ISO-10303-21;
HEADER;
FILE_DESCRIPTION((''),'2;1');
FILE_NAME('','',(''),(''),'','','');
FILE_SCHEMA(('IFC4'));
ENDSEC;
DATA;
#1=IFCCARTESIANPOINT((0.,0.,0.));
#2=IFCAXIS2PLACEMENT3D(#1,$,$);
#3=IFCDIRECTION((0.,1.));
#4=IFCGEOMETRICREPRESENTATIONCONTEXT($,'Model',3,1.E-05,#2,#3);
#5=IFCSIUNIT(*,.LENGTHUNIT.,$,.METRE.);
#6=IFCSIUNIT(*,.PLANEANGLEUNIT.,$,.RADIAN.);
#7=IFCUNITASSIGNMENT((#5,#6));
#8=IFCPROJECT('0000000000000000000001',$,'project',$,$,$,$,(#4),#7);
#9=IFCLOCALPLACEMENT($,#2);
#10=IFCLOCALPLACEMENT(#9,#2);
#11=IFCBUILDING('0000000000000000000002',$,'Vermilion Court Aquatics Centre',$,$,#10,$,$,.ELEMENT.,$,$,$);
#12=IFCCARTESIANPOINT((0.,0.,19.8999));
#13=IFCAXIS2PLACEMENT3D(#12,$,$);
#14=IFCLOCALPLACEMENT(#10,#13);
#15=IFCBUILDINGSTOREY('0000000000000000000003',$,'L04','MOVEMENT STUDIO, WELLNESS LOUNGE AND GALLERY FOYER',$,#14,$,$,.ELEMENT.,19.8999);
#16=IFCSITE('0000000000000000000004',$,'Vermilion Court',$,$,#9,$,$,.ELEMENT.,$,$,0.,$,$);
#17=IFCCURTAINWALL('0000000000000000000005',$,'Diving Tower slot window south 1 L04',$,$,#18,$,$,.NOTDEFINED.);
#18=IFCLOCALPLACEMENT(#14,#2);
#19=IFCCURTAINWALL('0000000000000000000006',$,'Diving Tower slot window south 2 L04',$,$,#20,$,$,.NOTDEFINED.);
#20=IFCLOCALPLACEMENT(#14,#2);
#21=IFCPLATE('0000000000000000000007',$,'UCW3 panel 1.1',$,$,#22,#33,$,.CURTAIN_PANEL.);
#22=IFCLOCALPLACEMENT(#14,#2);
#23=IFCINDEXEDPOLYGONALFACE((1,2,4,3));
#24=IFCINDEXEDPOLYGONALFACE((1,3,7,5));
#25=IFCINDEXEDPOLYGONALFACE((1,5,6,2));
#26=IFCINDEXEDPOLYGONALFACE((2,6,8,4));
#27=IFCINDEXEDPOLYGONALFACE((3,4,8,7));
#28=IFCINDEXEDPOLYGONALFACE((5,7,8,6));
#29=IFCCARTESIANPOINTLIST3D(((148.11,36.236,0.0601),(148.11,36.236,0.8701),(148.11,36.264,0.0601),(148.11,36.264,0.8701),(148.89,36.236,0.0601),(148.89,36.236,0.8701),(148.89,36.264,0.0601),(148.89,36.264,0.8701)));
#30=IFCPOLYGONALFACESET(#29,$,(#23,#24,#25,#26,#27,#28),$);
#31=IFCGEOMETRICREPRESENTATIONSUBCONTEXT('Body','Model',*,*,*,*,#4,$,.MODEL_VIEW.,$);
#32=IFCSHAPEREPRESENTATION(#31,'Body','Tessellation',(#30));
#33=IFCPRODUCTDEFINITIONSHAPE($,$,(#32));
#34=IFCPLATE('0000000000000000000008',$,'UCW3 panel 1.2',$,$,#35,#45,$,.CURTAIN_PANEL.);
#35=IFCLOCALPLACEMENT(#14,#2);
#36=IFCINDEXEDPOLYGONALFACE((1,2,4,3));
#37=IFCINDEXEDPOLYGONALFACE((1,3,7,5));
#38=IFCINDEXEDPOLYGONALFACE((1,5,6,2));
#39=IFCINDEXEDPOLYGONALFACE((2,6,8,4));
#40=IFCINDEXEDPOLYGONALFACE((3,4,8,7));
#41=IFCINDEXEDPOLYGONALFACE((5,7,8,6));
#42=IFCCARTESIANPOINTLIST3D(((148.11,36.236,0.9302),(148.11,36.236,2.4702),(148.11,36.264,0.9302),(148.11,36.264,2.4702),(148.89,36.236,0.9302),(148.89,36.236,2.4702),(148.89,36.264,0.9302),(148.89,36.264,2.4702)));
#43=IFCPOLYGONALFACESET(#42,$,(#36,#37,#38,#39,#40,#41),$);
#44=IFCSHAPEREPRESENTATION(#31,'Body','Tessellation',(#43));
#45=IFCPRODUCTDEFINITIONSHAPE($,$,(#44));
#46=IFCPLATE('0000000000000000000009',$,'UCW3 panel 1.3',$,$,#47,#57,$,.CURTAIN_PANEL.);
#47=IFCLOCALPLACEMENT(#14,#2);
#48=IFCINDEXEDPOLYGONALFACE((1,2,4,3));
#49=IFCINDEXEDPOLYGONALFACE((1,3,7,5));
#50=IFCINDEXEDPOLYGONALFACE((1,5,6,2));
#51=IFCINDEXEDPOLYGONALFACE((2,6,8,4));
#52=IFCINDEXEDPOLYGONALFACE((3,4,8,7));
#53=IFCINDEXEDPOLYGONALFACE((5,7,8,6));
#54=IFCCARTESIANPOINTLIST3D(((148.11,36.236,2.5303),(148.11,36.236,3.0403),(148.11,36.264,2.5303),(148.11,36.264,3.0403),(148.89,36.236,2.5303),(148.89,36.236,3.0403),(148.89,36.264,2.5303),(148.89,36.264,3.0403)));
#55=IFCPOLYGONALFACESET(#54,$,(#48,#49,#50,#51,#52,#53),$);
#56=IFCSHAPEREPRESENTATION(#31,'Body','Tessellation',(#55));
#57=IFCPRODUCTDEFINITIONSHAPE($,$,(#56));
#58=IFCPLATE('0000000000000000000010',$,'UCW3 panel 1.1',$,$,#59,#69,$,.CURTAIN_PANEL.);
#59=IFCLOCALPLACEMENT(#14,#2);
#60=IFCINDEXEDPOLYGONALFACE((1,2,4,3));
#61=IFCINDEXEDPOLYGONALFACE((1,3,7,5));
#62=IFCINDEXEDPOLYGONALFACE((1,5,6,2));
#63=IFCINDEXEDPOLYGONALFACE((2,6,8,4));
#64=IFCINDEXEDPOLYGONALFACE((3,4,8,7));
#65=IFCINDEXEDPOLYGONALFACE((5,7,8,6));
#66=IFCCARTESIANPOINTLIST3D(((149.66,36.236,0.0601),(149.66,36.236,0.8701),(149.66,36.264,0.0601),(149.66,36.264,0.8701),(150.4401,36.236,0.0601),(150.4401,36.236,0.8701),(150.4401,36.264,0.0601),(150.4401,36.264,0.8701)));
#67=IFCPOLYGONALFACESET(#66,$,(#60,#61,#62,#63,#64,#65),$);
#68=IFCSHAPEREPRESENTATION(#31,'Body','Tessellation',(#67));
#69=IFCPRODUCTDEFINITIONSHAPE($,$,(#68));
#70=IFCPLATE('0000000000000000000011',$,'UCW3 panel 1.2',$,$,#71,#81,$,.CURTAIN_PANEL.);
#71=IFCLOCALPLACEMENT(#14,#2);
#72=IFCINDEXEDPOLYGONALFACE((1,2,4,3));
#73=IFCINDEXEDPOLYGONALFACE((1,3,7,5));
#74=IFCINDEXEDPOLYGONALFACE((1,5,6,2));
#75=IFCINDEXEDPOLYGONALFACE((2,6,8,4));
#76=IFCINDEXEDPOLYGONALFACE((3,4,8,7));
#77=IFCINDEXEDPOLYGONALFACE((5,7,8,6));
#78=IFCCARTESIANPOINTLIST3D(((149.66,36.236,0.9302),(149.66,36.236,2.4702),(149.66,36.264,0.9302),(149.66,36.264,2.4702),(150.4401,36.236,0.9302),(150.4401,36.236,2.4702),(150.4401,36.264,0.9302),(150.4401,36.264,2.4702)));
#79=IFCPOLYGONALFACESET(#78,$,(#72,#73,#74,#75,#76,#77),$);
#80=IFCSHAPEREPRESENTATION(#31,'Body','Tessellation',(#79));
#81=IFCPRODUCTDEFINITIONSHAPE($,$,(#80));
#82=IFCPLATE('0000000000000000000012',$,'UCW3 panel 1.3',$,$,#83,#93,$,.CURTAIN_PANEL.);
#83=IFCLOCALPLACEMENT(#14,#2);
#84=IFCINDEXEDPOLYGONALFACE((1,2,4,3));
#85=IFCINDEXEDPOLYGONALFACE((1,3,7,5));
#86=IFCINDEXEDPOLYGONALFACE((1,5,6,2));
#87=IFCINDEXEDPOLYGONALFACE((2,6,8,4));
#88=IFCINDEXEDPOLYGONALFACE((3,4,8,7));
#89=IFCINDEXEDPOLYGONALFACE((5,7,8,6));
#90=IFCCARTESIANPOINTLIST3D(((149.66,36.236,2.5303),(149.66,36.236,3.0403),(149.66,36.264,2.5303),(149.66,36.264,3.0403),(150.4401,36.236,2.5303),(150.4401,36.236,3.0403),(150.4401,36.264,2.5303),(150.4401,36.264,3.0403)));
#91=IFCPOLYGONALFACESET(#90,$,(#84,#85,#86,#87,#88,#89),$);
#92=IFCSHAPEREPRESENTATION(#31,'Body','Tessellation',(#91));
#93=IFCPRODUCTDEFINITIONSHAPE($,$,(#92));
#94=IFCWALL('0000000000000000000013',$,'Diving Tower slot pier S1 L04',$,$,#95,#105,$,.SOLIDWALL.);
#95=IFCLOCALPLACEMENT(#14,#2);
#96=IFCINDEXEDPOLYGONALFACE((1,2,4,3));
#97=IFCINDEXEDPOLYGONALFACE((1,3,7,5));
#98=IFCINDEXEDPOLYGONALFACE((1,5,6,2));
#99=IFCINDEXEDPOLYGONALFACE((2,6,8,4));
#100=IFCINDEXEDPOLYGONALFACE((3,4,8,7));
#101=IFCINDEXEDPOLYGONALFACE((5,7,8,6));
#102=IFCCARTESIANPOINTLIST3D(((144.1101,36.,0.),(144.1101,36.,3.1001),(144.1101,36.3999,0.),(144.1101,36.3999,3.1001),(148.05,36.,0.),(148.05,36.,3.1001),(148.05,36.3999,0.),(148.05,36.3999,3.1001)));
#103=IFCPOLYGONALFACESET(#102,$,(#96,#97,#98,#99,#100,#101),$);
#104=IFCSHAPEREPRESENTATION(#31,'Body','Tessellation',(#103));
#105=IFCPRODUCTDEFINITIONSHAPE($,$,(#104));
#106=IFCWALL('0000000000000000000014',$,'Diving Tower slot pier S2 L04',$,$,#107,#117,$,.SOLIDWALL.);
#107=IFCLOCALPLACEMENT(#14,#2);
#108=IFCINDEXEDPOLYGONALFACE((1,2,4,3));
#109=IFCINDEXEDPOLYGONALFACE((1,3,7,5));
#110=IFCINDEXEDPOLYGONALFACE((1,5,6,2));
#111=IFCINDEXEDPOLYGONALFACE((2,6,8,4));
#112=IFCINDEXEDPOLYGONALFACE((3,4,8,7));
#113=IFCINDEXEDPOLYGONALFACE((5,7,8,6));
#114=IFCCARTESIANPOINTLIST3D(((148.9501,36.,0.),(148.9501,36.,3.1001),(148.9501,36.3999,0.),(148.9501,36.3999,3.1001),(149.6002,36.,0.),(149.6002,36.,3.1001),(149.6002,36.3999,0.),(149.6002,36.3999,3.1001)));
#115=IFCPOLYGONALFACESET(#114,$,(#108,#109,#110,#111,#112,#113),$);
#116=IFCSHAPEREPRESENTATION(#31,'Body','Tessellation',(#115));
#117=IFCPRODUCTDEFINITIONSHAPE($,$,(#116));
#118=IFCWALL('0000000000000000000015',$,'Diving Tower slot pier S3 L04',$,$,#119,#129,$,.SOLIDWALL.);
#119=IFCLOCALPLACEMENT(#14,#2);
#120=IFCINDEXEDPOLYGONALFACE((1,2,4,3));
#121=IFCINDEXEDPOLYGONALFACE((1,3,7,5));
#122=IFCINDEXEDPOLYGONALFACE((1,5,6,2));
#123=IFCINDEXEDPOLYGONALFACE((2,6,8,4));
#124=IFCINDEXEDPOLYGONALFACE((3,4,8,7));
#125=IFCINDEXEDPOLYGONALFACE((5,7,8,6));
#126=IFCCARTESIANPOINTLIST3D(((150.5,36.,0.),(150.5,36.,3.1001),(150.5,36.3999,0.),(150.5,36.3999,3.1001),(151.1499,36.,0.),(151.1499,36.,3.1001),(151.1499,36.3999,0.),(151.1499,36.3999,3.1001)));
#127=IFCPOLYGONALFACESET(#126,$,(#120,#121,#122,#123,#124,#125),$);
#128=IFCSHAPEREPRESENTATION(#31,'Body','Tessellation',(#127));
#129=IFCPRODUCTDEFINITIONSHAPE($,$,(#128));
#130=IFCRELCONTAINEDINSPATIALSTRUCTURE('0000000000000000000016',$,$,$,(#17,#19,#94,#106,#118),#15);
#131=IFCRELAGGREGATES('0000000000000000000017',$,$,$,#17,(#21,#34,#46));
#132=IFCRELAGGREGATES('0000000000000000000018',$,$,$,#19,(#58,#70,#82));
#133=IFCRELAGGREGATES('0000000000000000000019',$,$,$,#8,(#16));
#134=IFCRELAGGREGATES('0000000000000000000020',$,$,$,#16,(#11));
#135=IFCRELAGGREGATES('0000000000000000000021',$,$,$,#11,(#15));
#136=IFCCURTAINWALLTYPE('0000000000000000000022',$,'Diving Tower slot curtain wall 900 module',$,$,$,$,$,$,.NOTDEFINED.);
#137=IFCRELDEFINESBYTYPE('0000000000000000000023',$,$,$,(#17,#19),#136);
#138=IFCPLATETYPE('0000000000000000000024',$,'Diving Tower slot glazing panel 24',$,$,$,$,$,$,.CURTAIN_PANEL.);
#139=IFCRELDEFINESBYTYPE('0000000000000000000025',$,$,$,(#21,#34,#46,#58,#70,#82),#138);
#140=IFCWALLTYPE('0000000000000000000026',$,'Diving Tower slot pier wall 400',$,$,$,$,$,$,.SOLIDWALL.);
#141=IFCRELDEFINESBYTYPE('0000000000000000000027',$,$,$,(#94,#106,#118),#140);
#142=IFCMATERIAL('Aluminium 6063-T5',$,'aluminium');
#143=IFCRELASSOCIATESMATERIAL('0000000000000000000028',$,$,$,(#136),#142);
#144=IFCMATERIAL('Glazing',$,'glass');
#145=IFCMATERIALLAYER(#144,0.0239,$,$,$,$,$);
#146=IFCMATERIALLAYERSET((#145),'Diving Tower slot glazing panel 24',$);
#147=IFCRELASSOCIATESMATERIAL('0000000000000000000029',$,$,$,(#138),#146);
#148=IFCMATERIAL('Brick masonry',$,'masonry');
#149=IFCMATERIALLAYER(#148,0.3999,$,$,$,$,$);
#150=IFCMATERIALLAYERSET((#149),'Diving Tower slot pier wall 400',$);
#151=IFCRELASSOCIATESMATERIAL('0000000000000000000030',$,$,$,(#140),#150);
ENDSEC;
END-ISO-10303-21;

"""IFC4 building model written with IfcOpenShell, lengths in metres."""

from ifc_helpers import new_model, si_unit, direction, frame, frame_2d, origin, origin_2d, place, context, subcontext, project, spatial, rectangle, extrude, material, layer, layer_set, type_object, element, aggregate, save


model = new_model("IFC4")

# Units and contexts
model_context = context("Model", 3, precision=1e-05, world=origin(), true_north=direction((0.0, 1.0)))
body_context = subcontext(model_context, "Body", "Model", "MODEL_VIEW")
ifc_project = project(units=[si_unit("LENGTHUNIT", "METRE"), si_unit("PLANEANGLEUNIT", "RADIAN")], contexts=[model_context])

# Site, building, storey
site_placement = place(None, origin())
site = spatial("IfcSite", under=ifc_project, at=site_placement, Name="Vermilion Court", CompositionType="ELEMENT", RefElevation=0.0)
building_placement = place(site_placement, origin())
building = spatial("IfcBuilding", under=site, at=building_placement, Name="Vermilion Court Aquatics Centre", CompositionType="ELEMENT")
storey_placement = place(building_placement, frame((0.0, 0.0, 19.8999)))
storey = spatial("IfcBuildingStorey", under=building, at=storey_placement, Name="L04", Description="MOVEMENT STUDIO, WELLNESS LOUNGE AND GALLERY FOYER", CompositionType="ELEMENT", Elevation=19.8999)

# Curtain walls
ifc_material_1 = material(Name="Aluminium 6063-T5", Category="aluminium")
curtain_wall_type = type_object("IfcCurtainWallType", Name="Diving Tower slot curtain wall 900 module", PredefinedType="NOTDEFINED", material=ifc_material_1)
curtain_wall_1_placement = place(storey_placement, origin())
curtain_wall_1 = element("IfcCurtainWall", 1, at=curtain_wall_1_placement, inside=storey, type_object=curtain_wall_type, Name="Diving Tower slot window south 1 L04", PredefinedType="NOTDEFINED")
curtain_wall_2_placement = place(storey_placement, origin())
curtain_wall_2 = element("IfcCurtainWall", 2, at=curtain_wall_2_placement, inside=storey, type_object=curtain_wall_type, Name="Diving Tower slot window south 2 L04", PredefinedType="NOTDEFINED")

# Plates
ifc_material_2 = material(Name="Glazing", Category="glass")
ifc_layer_1 = layer(ifc_material_2, 0.0239)
ifc_layer_set_1 = layer_set([ifc_layer_1], Name="Diving Tower slot glazing panel 24")
plate_type = type_object("IfcPlateType", Name="Diving Tower slot glazing panel 24", PredefinedType="CURTAIN_PANEL", material=ifc_layer_set_1)
plate_1_placement = place(storey_placement, frame((148.5, 36.25, 0.0601), z_axis=(0.0, 0.0, 1.0), x_axis=(1.0, 0.0, 0.0)))
plate_1 = element("IfcPlate", 3, at=plate_1_placement, type_object=plate_type, Name="UCW3 panel 1.1", PredefinedType="CURTAIN_PANEL", context=body_context, shape_type="SweptSolid", body=[
    extrude(rectangle(XDim=0.78, YDim=0.0281, at=origin_2d()), origin(), (0.0, 0.0, 1.0), 0.8101),
])
plate_2_placement = place(storey_placement, frame((148.5, 36.25, 0.9302), z_axis=(0.0, 0.0, 1.0), x_axis=(1.0, 0.0, 0.0)))
plate_2 = element("IfcPlate", 4, at=plate_2_placement, type_object=plate_type, Name="UCW3 panel 1.2", PredefinedType="CURTAIN_PANEL", context=body_context, shape_type="SweptSolid", body=[
    extrude(rectangle(XDim=0.78, YDim=0.0281, at=origin_2d()), origin(), (0.0, 0.0, 1.0), 1.54),
])
plate_3_placement = place(storey_placement, frame((148.5, 36.25, 2.5303), z_axis=(0.0, 0.0, 1.0), x_axis=(1.0, 0.0, 0.0)))
plate_3 = element("IfcPlate", 5, at=plate_3_placement, type_object=plate_type, Name="UCW3 panel 1.3", PredefinedType="CURTAIN_PANEL", context=body_context, shape_type="SweptSolid", body=[
    extrude(rectangle(XDim=0.78, YDim=0.0281, at=origin_2d()), origin(), (0.0, 0.0, 1.0), 0.51),
])
aggregate(curtain_wall_1, [plate_1, plate_2, plate_3])
plate_4_placement = place(storey_placement, frame((150.05, 36.25, 0.0601), z_axis=(0.0, 0.0, 1.0), x_axis=(1.0, 0.0, 0.0)))
plate_4 = element("IfcPlate", 6, at=plate_4_placement, type_object=plate_type, Name="UCW3 panel 1.1", PredefinedType="CURTAIN_PANEL", context=body_context, shape_type="SweptSolid", body=[
    extrude(rectangle(XDim=0.78, YDim=0.0281, at=origin_2d()), origin(), (0.0, 0.0, 1.0), 0.8101),
])
plate_5_placement = place(storey_placement, frame((150.05, 36.25, 0.9302), z_axis=(0.0, 0.0, 1.0), x_axis=(1.0, 0.0, 0.0)))
plate_5 = element("IfcPlate", 7, at=plate_5_placement, type_object=plate_type, Name="UCW3 panel 1.2", PredefinedType="CURTAIN_PANEL", context=body_context, shape_type="SweptSolid", body=[
    extrude(rectangle(XDim=0.78, YDim=0.0281, at=origin_2d()), origin(), (0.0, 0.0, 1.0), 1.54),
])
plate_6_placement = place(storey_placement, frame((150.05, 36.25, 2.5303), z_axis=(0.0, 0.0, 1.0), x_axis=(1.0, 0.0, 0.0)))
plate_6 = element("IfcPlate", 8, at=plate_6_placement, type_object=plate_type, Name="UCW3 panel 1.3", PredefinedType="CURTAIN_PANEL", context=body_context, shape_type="SweptSolid", body=[
    extrude(rectangle(XDim=0.78, YDim=0.0281, at=origin_2d()), origin(), (0.0, 0.0, 1.0), 0.51),
])
aggregate(curtain_wall_2, [plate_4, plate_5, plate_6])

# Walls
ifc_material_3 = material(Name="Brick masonry", Category="masonry")
ifc_layer_2 = layer(ifc_material_3, 0.3999)
ifc_layer_set_2 = layer_set([ifc_layer_2], Name="Diving Tower slot pier wall 400")
wall_type = type_object("IfcWallType", Name="Diving Tower slot pier wall 400", PredefinedType="SOLIDWALL", material=ifc_layer_set_2)
wall_1_placement = place(storey_placement, frame((144.1101, 36.2, 0.0), z_axis=(0.0, 0.0, 1.0), x_axis=(1.0, 0.0, 0.0)))
element("IfcWall", 9, at=wall_1_placement, inside=storey, type_object=wall_type, Name="Diving Tower slot pier S1 L04", PredefinedType="SOLIDWALL", context=body_context, shape_type="SweptSolid", body=[
    extrude(rectangle(XDim=3.9399, YDim=0.3999, at=frame_2d((1.97, 0.0))), origin(), (0.0, 0.0, 1.0), 3.1001),
])
wall_2_placement = place(storey_placement, frame((148.95, 36.2, 0.0), z_axis=(0.0, 0.0, 1.0), x_axis=(1.0, 0.0, 0.0)))
element("IfcWall", 10, at=wall_2_placement, inside=storey, type_object=wall_type, Name="Diving Tower slot pier S2 L04", PredefinedType="SOLIDWALL", context=body_context, shape_type="SweptSolid", body=[
    extrude(rectangle(XDim=0.6501, YDim=0.3999, at=frame_2d((0.3252, 0.0))), origin(), (0.0, 0.0, 1.0), 3.1001),
])
wall_3_placement = place(storey_placement, frame((150.5, 36.2, 0.0), z_axis=(0.0, 0.0, 1.0), x_axis=(1.0, 0.0, 0.0)))
element("IfcWall", 11, at=wall_3_placement, inside=storey, type_object=wall_type, Name="Diving Tower slot pier S3 L04", PredefinedType="SOLIDWALL", context=body_context, shape_type="SweptSolid", body=[
    extrude(rectangle(XDim=0.6499, YDim=0.3999, at=frame_2d((0.325, 0.0))), origin(), (0.0, 0.0, 1.0), 3.1001),
])

save(model, "model.ifc")
